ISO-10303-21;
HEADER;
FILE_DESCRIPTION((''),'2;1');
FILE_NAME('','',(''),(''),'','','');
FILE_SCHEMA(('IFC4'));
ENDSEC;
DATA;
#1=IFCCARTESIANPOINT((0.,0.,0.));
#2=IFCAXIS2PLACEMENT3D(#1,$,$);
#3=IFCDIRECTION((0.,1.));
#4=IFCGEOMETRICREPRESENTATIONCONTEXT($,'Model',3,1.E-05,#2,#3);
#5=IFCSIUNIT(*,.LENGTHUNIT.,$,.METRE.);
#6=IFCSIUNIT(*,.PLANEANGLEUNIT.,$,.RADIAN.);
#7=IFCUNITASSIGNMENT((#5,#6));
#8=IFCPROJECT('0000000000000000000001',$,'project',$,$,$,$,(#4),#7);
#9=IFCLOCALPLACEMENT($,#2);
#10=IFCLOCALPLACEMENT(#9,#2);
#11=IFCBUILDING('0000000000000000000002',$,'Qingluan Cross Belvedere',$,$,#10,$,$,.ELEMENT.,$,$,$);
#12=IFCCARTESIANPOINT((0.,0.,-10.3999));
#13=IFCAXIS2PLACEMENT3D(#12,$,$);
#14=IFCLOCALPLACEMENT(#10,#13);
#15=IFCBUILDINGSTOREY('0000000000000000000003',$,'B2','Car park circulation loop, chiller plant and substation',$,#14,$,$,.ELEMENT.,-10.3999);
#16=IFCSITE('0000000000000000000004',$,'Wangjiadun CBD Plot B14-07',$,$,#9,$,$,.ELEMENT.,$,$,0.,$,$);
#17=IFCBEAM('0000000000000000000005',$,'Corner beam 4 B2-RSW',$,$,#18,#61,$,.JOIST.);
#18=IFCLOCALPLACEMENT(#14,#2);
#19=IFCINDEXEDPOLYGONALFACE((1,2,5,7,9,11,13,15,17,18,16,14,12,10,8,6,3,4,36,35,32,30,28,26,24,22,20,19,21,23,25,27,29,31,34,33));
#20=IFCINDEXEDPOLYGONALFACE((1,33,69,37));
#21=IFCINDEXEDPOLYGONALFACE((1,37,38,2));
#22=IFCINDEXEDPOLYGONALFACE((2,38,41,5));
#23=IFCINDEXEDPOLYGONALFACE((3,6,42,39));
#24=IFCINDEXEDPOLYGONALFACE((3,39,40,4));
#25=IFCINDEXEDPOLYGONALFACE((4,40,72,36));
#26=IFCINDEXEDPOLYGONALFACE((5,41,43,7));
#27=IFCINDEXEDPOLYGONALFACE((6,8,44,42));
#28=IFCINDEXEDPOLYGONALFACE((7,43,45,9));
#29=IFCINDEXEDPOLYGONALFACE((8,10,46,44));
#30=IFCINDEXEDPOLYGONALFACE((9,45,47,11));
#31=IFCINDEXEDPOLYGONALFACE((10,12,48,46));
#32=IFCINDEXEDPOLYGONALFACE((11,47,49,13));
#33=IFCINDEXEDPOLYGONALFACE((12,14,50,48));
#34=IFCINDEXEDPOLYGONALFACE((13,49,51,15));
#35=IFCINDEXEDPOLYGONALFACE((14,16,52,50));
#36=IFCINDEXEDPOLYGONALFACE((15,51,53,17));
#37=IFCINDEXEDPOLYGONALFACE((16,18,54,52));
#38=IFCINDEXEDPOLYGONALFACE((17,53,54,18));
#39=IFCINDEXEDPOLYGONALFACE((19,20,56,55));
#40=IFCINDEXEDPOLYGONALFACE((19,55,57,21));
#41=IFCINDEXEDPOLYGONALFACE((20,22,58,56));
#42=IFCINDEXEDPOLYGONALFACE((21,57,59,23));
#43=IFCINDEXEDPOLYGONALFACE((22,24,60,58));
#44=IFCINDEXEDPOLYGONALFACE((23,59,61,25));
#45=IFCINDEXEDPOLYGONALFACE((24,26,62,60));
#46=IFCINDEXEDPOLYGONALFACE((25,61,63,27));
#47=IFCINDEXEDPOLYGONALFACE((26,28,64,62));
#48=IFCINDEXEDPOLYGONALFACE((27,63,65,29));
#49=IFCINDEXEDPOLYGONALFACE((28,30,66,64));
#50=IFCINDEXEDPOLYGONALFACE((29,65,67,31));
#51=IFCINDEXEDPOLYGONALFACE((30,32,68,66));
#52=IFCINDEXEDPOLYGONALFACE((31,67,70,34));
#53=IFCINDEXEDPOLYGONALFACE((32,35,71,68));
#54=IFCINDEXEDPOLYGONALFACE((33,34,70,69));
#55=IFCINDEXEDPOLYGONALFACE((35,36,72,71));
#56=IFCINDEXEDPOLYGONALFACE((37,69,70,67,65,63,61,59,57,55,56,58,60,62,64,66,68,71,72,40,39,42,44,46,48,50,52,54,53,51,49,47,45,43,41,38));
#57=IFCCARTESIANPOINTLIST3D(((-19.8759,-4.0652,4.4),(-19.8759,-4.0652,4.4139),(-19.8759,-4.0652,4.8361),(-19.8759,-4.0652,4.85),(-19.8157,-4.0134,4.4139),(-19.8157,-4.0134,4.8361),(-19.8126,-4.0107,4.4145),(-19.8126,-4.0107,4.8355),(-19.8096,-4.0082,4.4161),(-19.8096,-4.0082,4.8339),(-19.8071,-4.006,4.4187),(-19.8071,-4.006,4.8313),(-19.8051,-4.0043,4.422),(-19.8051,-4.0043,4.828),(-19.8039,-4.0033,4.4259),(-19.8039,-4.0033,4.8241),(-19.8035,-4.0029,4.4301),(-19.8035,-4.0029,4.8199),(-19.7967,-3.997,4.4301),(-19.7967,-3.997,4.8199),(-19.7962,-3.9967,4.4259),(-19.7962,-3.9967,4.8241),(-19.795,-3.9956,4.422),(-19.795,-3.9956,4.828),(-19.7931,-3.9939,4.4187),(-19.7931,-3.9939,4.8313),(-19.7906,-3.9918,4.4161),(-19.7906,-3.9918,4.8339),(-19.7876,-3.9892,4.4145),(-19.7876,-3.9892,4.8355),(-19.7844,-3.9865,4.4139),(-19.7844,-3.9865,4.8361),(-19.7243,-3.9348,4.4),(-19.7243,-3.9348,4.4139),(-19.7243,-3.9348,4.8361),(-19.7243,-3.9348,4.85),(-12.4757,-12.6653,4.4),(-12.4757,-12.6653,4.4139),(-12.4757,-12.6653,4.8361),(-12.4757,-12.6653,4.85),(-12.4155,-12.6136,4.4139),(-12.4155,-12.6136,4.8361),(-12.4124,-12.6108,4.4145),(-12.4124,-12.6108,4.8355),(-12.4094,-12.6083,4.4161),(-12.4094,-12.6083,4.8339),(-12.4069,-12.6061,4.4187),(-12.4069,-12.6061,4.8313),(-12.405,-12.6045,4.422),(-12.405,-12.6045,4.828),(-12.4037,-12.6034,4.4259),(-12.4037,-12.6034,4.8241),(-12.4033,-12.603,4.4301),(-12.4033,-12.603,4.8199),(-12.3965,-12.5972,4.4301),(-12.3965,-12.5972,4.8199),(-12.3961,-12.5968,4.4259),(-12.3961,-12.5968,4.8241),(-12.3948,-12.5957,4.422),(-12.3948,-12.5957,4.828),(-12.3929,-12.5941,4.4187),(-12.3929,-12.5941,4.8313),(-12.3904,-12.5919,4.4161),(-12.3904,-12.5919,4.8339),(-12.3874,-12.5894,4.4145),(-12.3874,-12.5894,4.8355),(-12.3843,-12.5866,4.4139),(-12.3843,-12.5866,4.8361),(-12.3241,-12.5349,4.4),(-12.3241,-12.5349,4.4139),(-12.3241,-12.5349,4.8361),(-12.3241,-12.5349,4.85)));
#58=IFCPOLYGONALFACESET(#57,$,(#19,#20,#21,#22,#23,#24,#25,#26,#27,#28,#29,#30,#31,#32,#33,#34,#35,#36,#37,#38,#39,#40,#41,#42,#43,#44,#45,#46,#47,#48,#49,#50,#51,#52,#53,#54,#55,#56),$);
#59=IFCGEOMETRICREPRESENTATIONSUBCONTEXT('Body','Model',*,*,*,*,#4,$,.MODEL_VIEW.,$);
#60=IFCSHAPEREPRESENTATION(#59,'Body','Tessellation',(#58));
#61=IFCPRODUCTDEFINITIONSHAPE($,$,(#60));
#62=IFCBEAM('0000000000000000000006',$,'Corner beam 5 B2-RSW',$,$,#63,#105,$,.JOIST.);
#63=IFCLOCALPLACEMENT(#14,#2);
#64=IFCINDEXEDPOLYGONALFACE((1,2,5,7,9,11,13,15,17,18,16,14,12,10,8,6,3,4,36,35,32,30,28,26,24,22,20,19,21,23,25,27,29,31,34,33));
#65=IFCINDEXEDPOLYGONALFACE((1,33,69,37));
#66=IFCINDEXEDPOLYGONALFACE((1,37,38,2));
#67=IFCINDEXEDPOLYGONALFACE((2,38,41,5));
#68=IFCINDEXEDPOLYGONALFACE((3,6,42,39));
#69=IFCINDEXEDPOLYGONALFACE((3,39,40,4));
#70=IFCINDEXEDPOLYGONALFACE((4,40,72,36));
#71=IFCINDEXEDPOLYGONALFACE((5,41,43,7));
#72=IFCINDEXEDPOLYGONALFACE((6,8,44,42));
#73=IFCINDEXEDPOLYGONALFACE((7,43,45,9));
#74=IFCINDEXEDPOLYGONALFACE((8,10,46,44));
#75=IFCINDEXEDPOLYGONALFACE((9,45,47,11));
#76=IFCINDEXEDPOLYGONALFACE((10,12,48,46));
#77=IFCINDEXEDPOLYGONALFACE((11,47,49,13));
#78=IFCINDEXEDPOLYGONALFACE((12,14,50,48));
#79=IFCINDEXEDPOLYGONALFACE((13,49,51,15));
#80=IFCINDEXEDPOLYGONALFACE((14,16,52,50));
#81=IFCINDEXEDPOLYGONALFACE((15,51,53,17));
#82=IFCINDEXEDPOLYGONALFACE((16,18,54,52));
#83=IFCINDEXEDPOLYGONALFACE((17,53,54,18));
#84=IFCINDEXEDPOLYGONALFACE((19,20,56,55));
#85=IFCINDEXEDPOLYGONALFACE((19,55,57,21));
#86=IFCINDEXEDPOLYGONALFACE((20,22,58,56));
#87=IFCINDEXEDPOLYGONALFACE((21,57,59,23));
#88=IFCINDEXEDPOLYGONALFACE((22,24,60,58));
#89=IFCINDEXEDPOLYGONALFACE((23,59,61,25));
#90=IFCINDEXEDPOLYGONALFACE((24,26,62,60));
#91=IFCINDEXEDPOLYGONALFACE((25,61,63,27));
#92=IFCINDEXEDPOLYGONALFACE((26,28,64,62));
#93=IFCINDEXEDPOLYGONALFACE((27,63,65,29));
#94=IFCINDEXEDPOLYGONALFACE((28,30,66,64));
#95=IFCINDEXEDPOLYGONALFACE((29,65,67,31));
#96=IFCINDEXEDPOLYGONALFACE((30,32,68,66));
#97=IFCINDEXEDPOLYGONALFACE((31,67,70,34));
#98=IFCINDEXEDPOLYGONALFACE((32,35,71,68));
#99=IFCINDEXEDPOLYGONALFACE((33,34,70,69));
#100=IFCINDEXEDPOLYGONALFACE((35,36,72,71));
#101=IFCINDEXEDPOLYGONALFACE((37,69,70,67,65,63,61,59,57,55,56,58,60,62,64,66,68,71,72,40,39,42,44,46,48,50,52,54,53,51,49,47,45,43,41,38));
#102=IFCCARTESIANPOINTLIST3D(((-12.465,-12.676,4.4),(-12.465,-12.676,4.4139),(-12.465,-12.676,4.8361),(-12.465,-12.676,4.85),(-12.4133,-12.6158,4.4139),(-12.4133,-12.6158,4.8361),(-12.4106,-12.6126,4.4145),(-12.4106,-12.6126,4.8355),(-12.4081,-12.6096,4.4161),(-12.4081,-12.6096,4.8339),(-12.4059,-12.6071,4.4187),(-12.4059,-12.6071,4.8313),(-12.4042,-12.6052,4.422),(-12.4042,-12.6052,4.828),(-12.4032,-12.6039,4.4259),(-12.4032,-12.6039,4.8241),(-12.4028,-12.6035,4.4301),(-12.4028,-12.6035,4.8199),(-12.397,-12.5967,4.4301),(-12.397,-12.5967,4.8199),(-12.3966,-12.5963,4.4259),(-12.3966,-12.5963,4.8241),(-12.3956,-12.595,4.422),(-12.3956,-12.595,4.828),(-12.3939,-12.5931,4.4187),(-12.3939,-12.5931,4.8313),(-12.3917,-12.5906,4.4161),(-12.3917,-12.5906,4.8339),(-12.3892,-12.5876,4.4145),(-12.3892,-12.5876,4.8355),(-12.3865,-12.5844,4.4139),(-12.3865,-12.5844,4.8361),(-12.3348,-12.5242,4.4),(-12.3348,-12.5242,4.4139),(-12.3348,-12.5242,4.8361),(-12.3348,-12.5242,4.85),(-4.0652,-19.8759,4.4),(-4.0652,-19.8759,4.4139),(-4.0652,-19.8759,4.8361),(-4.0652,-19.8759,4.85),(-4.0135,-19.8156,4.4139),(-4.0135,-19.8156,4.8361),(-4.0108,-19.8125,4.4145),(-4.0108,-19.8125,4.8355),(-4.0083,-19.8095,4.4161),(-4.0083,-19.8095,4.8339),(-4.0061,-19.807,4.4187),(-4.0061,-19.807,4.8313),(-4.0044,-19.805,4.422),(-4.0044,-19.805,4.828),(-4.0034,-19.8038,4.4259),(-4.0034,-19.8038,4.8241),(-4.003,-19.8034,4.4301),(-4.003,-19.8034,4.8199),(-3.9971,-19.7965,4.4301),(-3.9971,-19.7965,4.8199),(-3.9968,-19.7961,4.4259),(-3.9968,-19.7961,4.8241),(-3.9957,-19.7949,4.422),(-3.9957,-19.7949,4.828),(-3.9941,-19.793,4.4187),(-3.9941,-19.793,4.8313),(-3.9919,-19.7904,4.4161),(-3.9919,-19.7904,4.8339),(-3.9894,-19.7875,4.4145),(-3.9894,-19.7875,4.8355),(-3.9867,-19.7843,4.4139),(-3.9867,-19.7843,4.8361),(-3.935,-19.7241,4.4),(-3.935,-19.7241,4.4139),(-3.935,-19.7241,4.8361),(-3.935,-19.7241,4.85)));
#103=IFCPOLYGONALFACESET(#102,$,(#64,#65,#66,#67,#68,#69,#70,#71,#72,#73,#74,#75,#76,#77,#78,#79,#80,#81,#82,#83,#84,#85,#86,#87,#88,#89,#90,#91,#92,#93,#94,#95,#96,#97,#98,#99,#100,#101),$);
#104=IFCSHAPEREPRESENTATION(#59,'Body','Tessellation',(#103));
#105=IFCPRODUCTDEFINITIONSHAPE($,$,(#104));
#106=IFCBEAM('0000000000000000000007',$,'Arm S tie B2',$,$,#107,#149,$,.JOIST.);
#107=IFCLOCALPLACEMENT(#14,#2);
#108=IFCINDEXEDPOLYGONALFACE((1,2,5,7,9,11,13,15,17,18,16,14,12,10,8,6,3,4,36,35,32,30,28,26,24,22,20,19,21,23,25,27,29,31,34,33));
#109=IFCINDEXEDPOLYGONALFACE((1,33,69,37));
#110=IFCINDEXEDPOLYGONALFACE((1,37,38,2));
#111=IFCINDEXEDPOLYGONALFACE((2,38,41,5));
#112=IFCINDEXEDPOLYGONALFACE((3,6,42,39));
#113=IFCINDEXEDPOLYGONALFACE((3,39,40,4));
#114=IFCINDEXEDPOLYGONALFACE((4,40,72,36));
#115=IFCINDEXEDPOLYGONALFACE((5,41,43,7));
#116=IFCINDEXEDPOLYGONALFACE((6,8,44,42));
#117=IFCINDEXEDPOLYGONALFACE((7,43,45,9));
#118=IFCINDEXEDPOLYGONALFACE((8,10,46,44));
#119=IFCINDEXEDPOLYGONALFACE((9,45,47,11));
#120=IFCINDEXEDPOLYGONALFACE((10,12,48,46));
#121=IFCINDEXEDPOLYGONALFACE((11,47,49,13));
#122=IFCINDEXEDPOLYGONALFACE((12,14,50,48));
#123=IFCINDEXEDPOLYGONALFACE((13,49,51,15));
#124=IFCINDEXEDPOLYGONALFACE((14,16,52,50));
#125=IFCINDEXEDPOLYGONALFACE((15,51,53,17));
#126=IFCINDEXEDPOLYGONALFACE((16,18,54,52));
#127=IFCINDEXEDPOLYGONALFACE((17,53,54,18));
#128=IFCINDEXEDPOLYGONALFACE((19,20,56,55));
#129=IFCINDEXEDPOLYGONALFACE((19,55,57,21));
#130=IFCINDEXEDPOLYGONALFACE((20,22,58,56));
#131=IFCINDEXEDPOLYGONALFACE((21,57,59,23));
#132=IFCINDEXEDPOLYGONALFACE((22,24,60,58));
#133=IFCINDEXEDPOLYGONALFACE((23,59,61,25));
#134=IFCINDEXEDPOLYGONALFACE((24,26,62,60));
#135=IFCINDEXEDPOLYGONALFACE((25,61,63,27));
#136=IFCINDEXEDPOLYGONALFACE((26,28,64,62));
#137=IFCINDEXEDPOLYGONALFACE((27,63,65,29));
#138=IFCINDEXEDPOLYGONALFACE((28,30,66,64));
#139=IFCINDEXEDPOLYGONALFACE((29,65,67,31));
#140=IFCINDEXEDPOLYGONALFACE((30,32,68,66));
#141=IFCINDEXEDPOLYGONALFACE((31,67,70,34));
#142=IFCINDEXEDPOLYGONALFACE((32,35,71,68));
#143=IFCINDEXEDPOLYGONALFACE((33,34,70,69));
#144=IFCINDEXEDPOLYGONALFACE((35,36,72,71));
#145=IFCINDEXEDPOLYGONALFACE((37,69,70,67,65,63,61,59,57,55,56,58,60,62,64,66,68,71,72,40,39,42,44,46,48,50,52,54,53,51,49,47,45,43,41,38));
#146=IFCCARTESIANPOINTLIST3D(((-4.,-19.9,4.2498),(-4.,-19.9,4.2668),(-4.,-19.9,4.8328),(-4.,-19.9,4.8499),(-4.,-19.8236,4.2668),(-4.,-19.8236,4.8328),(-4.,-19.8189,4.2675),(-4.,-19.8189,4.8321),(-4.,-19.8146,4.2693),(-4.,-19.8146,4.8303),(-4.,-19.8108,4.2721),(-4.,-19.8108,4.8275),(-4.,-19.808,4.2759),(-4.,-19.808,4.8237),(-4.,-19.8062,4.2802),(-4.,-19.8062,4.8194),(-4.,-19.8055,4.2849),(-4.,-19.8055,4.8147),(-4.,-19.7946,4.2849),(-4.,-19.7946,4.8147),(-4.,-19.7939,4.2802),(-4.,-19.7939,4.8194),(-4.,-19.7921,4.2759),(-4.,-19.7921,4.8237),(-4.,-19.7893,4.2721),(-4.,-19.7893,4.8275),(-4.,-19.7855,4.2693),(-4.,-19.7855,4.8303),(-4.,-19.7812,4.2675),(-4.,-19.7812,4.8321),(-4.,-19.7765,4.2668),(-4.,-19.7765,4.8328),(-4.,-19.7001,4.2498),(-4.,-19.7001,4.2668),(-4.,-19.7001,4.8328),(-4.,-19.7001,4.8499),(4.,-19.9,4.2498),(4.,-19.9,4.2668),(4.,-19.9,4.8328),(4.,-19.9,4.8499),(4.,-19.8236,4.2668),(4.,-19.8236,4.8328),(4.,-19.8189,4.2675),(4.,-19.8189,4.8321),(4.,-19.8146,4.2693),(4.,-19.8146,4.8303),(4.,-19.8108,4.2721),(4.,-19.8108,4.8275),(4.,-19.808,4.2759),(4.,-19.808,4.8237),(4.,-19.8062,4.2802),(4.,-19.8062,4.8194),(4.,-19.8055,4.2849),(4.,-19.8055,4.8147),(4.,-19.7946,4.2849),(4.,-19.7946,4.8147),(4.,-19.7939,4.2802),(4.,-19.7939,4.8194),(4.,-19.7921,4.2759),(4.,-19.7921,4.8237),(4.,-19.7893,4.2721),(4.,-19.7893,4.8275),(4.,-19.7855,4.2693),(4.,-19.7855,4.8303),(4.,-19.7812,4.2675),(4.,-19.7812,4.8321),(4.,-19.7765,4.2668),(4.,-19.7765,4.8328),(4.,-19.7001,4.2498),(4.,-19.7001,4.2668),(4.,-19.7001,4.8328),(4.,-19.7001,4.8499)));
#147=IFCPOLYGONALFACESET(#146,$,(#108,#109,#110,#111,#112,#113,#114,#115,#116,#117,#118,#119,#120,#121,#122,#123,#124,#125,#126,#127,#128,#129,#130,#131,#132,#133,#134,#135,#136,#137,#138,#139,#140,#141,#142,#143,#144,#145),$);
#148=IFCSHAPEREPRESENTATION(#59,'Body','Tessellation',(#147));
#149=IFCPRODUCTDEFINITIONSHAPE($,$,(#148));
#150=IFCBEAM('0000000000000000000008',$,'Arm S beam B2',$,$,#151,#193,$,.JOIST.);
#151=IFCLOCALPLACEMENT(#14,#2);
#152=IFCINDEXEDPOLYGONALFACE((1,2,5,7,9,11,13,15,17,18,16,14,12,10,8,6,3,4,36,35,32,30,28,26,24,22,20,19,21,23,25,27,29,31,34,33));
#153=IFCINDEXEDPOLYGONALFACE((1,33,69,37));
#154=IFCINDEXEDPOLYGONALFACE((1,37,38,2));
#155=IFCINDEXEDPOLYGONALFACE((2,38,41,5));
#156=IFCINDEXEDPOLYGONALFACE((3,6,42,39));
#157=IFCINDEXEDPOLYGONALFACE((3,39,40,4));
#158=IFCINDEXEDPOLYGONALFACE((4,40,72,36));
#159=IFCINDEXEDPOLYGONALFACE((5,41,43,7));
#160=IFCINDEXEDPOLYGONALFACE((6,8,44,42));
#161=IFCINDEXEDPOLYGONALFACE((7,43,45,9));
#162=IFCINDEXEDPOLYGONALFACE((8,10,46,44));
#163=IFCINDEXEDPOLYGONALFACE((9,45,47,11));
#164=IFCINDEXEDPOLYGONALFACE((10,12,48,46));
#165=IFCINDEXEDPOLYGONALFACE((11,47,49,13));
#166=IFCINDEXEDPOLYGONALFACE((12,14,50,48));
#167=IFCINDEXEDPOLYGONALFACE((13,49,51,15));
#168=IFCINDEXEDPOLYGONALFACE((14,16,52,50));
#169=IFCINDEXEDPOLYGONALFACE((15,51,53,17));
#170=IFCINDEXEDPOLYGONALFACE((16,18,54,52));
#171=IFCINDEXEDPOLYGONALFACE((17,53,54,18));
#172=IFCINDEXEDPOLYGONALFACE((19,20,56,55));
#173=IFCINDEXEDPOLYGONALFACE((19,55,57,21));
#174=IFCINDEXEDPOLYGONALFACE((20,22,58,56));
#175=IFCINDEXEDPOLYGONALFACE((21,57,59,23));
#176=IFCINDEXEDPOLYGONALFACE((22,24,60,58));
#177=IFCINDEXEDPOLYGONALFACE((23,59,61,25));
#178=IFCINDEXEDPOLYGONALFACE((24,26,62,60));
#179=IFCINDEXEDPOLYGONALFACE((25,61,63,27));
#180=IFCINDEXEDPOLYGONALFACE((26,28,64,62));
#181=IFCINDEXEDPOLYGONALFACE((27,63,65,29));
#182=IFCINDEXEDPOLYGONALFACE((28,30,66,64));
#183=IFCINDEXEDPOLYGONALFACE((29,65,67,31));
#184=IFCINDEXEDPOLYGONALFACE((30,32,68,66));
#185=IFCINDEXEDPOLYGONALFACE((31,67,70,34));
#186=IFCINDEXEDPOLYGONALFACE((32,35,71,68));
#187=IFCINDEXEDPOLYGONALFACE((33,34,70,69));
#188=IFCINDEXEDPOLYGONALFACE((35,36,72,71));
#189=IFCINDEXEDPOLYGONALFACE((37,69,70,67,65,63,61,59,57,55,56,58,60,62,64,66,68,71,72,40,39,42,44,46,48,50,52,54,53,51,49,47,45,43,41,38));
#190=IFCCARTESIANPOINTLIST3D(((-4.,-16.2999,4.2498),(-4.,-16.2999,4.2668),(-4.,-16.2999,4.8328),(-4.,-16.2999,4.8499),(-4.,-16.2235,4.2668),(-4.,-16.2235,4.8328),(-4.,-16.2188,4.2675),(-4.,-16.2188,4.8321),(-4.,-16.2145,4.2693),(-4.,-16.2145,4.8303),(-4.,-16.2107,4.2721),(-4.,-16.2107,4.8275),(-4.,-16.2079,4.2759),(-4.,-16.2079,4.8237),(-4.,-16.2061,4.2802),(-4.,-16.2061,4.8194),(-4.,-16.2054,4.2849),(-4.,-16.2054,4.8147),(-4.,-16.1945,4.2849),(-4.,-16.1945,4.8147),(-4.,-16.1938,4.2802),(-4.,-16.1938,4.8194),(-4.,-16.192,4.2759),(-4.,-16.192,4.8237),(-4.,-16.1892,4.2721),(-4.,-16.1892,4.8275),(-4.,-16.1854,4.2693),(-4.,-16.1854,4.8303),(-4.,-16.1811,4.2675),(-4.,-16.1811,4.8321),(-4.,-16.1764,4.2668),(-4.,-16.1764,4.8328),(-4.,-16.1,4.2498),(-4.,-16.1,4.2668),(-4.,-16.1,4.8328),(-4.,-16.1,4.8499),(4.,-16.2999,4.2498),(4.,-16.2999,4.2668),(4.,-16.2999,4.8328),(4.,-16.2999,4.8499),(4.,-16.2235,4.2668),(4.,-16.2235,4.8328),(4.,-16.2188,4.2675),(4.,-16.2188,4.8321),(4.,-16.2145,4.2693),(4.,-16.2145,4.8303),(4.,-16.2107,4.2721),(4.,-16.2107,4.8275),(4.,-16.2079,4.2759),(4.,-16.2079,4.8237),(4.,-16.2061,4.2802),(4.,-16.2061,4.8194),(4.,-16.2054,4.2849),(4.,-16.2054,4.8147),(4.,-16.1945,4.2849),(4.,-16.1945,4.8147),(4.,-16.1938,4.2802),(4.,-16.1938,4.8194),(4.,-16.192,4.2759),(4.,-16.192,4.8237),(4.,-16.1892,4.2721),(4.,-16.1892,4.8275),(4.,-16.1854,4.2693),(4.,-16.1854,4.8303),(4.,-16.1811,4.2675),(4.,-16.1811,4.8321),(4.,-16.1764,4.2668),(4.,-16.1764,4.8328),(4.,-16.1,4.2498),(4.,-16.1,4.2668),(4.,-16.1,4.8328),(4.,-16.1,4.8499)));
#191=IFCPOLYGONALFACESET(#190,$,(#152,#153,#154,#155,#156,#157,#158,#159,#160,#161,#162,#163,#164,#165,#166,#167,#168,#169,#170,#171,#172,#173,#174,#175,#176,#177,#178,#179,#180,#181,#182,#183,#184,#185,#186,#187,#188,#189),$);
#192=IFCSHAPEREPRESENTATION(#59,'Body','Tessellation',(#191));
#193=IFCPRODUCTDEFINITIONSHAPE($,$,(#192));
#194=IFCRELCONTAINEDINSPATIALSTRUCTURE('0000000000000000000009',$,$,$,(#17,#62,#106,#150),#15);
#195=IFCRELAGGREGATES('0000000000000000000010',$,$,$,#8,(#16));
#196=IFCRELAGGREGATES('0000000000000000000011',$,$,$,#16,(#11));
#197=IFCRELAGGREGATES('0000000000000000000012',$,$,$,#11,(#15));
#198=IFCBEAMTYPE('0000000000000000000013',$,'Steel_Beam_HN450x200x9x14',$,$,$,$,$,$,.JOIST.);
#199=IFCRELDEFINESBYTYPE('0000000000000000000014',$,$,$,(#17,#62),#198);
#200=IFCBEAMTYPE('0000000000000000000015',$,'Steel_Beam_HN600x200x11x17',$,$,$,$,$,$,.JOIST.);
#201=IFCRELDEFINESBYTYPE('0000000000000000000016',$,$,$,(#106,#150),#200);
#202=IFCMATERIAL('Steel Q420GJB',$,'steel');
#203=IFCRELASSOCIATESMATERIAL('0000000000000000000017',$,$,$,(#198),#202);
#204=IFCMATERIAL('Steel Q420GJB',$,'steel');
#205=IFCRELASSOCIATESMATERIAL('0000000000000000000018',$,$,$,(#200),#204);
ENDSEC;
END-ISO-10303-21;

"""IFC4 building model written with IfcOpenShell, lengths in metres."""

from ifc_helpers import new_model, si_unit, direction, frame, origin, origin_2d, place, context, subcontext, project, spatial, i_section, extrude, material, material_profile, profile_set, type_object, element, save


model = new_model("IFC4")

# Units and contexts
model_context = context("Model", 3, precision=1e-05, world=origin(), true_north=direction((0.0, 1.0)))
body_context = subcontext(model_context, "Body", "Model", "MODEL_VIEW")
ifc_project = project(units=[si_unit("LENGTHUNIT", "METRE"), si_unit("PLANEANGLEUNIT", "RADIAN")], contexts=[model_context])

# Site, building, storey
site_placement = place(None, origin())
site = spatial("IfcSite", under=ifc_project, at=site_placement, Name="Wangjiadun CBD Plot B14-07", CompositionType="ELEMENT", RefElevation=0.0)
building_placement = place(site_placement, origin())
building = spatial("IfcBuilding", under=site, at=building_placement, Name="Qingluan Cross Belvedere", CompositionType="ELEMENT")
storey_placement = place(building_placement, frame((0.0, 0.0, -10.3999)))
storey = spatial("IfcBuildingStorey", under=building, at=storey_placement, Name="B2", Description="Car park circulation loop, chiller plant and substation", CompositionType="ELEMENT", Elevation=-10.3999)

# Beams
ifc_material_1 = material(Name="Steel Q420GJB", Category="steel")
ifc_material_profile_1 = material_profile(ifc_material_1, i_section(OverallWidth=0.2, OverallDepth=0.45, WebThickness=0.009, FlangeThickness=0.0139, FilletRadius=0.0161, at=origin_2d()), Name="HN450x200x9x14")
ifc_profile_set_1 = profile_set([ifc_material_profile_1], Name="Steel Q420GJB")
beam_type_1 = type_object("IfcBeamType", Name="Steel_Beam_HN450x200x9x14", PredefinedType="JOIST", material=ifc_profile_set_1)
beam_1_placement = place(storey_placement, frame((-12.3999, -12.6001, 4.625), z_axis=(-0.652245, 0.758008, 0.0), x_axis=(-0.758008, -0.652245, 0.0)))
element("IfcBeam", 1, at=beam_1_placement, inside=storey, type_object=beam_type_1, Name="Corner beam 4 B2-RSW", PredefinedType="JOIST", context=body_context, shape_type="SweptSolid", body=[
    extrude(i_section(OverallWidth=0.2, OverallDepth=0.45, WebThickness=0.009, FlangeThickness=0.0139, FilletRadius=0.0161, at=origin_2d()), origin(), (0.0, 0.0, 1.0), 11.3457),
])
beam_2_placement = place(storey_placement, frame((-12.3999, -12.6001, 4.625), z_axis=(0.759255, -0.650793, 0.0), x_axis=(0.650793, 0.759255, 0.0)))
element("IfcBeam", 2, at=beam_2_placement, inside=storey, type_object=beam_type_1, Name="Corner beam 5 B2-RSW", PredefinedType="JOIST", context=body_context, shape_type="SweptSolid", body=[
    extrude(i_section(OverallWidth=0.2, OverallDepth=0.45, WebThickness=0.009, FlangeThickness=0.0139, FilletRadius=0.0161, at=origin_2d()), origin(), (0.0, 0.0, 1.0), 11.0632),
])
ifc_material_2 = material(Name="Steel Q420GJB", Category="steel")
ifc_material_profile_2 = material_profile(ifc_material_2, i_section(OverallWidth=0.2, OverallDepth=0.6001, WebThickness=0.011, FlangeThickness=0.0171, FilletRadius=0.0181, at=origin_2d()), Name="HN600x200x11x17")
ifc_profile_set_2 = profile_set([ifc_material_profile_2], Name="Steel Q420GJB")
beam_type_2 = type_object("IfcBeamType", Name="Steel_Beam_HN600x200x11x17", PredefinedType="JOIST", material=ifc_profile_set_2)
for number, where, z_axis, x_axis, name in (
    (3, (-4.0, -19.8, 4.5498), (1.0, 0.0, 0.0), (0.0, 1.0, 0.0), "Arm S tie B2"),
    (4, (-4.0, -16.2, 4.5498), (1.0, 0.0, 0.0), (0.0, 1.0, 0.0), "Arm S beam B2"),
):
    element("IfcBeam", number, at=place(storey_placement, frame(where, z_axis=z_axis, x_axis=x_axis)), inside=storey, type_object=beam_type_2, Name=name, PredefinedType="JOIST", context=body_context, shape_type="SweptSolid", body=[
        extrude(i_section(OverallWidth=0.2, OverallDepth=0.6001, WebThickness=0.011, FlangeThickness=0.0171, FilletRadius=0.0181, at=origin_2d()), origin(), (0.0, 0.0, 1.0), 8.0),
    ])

save(model, "model.ifc")
